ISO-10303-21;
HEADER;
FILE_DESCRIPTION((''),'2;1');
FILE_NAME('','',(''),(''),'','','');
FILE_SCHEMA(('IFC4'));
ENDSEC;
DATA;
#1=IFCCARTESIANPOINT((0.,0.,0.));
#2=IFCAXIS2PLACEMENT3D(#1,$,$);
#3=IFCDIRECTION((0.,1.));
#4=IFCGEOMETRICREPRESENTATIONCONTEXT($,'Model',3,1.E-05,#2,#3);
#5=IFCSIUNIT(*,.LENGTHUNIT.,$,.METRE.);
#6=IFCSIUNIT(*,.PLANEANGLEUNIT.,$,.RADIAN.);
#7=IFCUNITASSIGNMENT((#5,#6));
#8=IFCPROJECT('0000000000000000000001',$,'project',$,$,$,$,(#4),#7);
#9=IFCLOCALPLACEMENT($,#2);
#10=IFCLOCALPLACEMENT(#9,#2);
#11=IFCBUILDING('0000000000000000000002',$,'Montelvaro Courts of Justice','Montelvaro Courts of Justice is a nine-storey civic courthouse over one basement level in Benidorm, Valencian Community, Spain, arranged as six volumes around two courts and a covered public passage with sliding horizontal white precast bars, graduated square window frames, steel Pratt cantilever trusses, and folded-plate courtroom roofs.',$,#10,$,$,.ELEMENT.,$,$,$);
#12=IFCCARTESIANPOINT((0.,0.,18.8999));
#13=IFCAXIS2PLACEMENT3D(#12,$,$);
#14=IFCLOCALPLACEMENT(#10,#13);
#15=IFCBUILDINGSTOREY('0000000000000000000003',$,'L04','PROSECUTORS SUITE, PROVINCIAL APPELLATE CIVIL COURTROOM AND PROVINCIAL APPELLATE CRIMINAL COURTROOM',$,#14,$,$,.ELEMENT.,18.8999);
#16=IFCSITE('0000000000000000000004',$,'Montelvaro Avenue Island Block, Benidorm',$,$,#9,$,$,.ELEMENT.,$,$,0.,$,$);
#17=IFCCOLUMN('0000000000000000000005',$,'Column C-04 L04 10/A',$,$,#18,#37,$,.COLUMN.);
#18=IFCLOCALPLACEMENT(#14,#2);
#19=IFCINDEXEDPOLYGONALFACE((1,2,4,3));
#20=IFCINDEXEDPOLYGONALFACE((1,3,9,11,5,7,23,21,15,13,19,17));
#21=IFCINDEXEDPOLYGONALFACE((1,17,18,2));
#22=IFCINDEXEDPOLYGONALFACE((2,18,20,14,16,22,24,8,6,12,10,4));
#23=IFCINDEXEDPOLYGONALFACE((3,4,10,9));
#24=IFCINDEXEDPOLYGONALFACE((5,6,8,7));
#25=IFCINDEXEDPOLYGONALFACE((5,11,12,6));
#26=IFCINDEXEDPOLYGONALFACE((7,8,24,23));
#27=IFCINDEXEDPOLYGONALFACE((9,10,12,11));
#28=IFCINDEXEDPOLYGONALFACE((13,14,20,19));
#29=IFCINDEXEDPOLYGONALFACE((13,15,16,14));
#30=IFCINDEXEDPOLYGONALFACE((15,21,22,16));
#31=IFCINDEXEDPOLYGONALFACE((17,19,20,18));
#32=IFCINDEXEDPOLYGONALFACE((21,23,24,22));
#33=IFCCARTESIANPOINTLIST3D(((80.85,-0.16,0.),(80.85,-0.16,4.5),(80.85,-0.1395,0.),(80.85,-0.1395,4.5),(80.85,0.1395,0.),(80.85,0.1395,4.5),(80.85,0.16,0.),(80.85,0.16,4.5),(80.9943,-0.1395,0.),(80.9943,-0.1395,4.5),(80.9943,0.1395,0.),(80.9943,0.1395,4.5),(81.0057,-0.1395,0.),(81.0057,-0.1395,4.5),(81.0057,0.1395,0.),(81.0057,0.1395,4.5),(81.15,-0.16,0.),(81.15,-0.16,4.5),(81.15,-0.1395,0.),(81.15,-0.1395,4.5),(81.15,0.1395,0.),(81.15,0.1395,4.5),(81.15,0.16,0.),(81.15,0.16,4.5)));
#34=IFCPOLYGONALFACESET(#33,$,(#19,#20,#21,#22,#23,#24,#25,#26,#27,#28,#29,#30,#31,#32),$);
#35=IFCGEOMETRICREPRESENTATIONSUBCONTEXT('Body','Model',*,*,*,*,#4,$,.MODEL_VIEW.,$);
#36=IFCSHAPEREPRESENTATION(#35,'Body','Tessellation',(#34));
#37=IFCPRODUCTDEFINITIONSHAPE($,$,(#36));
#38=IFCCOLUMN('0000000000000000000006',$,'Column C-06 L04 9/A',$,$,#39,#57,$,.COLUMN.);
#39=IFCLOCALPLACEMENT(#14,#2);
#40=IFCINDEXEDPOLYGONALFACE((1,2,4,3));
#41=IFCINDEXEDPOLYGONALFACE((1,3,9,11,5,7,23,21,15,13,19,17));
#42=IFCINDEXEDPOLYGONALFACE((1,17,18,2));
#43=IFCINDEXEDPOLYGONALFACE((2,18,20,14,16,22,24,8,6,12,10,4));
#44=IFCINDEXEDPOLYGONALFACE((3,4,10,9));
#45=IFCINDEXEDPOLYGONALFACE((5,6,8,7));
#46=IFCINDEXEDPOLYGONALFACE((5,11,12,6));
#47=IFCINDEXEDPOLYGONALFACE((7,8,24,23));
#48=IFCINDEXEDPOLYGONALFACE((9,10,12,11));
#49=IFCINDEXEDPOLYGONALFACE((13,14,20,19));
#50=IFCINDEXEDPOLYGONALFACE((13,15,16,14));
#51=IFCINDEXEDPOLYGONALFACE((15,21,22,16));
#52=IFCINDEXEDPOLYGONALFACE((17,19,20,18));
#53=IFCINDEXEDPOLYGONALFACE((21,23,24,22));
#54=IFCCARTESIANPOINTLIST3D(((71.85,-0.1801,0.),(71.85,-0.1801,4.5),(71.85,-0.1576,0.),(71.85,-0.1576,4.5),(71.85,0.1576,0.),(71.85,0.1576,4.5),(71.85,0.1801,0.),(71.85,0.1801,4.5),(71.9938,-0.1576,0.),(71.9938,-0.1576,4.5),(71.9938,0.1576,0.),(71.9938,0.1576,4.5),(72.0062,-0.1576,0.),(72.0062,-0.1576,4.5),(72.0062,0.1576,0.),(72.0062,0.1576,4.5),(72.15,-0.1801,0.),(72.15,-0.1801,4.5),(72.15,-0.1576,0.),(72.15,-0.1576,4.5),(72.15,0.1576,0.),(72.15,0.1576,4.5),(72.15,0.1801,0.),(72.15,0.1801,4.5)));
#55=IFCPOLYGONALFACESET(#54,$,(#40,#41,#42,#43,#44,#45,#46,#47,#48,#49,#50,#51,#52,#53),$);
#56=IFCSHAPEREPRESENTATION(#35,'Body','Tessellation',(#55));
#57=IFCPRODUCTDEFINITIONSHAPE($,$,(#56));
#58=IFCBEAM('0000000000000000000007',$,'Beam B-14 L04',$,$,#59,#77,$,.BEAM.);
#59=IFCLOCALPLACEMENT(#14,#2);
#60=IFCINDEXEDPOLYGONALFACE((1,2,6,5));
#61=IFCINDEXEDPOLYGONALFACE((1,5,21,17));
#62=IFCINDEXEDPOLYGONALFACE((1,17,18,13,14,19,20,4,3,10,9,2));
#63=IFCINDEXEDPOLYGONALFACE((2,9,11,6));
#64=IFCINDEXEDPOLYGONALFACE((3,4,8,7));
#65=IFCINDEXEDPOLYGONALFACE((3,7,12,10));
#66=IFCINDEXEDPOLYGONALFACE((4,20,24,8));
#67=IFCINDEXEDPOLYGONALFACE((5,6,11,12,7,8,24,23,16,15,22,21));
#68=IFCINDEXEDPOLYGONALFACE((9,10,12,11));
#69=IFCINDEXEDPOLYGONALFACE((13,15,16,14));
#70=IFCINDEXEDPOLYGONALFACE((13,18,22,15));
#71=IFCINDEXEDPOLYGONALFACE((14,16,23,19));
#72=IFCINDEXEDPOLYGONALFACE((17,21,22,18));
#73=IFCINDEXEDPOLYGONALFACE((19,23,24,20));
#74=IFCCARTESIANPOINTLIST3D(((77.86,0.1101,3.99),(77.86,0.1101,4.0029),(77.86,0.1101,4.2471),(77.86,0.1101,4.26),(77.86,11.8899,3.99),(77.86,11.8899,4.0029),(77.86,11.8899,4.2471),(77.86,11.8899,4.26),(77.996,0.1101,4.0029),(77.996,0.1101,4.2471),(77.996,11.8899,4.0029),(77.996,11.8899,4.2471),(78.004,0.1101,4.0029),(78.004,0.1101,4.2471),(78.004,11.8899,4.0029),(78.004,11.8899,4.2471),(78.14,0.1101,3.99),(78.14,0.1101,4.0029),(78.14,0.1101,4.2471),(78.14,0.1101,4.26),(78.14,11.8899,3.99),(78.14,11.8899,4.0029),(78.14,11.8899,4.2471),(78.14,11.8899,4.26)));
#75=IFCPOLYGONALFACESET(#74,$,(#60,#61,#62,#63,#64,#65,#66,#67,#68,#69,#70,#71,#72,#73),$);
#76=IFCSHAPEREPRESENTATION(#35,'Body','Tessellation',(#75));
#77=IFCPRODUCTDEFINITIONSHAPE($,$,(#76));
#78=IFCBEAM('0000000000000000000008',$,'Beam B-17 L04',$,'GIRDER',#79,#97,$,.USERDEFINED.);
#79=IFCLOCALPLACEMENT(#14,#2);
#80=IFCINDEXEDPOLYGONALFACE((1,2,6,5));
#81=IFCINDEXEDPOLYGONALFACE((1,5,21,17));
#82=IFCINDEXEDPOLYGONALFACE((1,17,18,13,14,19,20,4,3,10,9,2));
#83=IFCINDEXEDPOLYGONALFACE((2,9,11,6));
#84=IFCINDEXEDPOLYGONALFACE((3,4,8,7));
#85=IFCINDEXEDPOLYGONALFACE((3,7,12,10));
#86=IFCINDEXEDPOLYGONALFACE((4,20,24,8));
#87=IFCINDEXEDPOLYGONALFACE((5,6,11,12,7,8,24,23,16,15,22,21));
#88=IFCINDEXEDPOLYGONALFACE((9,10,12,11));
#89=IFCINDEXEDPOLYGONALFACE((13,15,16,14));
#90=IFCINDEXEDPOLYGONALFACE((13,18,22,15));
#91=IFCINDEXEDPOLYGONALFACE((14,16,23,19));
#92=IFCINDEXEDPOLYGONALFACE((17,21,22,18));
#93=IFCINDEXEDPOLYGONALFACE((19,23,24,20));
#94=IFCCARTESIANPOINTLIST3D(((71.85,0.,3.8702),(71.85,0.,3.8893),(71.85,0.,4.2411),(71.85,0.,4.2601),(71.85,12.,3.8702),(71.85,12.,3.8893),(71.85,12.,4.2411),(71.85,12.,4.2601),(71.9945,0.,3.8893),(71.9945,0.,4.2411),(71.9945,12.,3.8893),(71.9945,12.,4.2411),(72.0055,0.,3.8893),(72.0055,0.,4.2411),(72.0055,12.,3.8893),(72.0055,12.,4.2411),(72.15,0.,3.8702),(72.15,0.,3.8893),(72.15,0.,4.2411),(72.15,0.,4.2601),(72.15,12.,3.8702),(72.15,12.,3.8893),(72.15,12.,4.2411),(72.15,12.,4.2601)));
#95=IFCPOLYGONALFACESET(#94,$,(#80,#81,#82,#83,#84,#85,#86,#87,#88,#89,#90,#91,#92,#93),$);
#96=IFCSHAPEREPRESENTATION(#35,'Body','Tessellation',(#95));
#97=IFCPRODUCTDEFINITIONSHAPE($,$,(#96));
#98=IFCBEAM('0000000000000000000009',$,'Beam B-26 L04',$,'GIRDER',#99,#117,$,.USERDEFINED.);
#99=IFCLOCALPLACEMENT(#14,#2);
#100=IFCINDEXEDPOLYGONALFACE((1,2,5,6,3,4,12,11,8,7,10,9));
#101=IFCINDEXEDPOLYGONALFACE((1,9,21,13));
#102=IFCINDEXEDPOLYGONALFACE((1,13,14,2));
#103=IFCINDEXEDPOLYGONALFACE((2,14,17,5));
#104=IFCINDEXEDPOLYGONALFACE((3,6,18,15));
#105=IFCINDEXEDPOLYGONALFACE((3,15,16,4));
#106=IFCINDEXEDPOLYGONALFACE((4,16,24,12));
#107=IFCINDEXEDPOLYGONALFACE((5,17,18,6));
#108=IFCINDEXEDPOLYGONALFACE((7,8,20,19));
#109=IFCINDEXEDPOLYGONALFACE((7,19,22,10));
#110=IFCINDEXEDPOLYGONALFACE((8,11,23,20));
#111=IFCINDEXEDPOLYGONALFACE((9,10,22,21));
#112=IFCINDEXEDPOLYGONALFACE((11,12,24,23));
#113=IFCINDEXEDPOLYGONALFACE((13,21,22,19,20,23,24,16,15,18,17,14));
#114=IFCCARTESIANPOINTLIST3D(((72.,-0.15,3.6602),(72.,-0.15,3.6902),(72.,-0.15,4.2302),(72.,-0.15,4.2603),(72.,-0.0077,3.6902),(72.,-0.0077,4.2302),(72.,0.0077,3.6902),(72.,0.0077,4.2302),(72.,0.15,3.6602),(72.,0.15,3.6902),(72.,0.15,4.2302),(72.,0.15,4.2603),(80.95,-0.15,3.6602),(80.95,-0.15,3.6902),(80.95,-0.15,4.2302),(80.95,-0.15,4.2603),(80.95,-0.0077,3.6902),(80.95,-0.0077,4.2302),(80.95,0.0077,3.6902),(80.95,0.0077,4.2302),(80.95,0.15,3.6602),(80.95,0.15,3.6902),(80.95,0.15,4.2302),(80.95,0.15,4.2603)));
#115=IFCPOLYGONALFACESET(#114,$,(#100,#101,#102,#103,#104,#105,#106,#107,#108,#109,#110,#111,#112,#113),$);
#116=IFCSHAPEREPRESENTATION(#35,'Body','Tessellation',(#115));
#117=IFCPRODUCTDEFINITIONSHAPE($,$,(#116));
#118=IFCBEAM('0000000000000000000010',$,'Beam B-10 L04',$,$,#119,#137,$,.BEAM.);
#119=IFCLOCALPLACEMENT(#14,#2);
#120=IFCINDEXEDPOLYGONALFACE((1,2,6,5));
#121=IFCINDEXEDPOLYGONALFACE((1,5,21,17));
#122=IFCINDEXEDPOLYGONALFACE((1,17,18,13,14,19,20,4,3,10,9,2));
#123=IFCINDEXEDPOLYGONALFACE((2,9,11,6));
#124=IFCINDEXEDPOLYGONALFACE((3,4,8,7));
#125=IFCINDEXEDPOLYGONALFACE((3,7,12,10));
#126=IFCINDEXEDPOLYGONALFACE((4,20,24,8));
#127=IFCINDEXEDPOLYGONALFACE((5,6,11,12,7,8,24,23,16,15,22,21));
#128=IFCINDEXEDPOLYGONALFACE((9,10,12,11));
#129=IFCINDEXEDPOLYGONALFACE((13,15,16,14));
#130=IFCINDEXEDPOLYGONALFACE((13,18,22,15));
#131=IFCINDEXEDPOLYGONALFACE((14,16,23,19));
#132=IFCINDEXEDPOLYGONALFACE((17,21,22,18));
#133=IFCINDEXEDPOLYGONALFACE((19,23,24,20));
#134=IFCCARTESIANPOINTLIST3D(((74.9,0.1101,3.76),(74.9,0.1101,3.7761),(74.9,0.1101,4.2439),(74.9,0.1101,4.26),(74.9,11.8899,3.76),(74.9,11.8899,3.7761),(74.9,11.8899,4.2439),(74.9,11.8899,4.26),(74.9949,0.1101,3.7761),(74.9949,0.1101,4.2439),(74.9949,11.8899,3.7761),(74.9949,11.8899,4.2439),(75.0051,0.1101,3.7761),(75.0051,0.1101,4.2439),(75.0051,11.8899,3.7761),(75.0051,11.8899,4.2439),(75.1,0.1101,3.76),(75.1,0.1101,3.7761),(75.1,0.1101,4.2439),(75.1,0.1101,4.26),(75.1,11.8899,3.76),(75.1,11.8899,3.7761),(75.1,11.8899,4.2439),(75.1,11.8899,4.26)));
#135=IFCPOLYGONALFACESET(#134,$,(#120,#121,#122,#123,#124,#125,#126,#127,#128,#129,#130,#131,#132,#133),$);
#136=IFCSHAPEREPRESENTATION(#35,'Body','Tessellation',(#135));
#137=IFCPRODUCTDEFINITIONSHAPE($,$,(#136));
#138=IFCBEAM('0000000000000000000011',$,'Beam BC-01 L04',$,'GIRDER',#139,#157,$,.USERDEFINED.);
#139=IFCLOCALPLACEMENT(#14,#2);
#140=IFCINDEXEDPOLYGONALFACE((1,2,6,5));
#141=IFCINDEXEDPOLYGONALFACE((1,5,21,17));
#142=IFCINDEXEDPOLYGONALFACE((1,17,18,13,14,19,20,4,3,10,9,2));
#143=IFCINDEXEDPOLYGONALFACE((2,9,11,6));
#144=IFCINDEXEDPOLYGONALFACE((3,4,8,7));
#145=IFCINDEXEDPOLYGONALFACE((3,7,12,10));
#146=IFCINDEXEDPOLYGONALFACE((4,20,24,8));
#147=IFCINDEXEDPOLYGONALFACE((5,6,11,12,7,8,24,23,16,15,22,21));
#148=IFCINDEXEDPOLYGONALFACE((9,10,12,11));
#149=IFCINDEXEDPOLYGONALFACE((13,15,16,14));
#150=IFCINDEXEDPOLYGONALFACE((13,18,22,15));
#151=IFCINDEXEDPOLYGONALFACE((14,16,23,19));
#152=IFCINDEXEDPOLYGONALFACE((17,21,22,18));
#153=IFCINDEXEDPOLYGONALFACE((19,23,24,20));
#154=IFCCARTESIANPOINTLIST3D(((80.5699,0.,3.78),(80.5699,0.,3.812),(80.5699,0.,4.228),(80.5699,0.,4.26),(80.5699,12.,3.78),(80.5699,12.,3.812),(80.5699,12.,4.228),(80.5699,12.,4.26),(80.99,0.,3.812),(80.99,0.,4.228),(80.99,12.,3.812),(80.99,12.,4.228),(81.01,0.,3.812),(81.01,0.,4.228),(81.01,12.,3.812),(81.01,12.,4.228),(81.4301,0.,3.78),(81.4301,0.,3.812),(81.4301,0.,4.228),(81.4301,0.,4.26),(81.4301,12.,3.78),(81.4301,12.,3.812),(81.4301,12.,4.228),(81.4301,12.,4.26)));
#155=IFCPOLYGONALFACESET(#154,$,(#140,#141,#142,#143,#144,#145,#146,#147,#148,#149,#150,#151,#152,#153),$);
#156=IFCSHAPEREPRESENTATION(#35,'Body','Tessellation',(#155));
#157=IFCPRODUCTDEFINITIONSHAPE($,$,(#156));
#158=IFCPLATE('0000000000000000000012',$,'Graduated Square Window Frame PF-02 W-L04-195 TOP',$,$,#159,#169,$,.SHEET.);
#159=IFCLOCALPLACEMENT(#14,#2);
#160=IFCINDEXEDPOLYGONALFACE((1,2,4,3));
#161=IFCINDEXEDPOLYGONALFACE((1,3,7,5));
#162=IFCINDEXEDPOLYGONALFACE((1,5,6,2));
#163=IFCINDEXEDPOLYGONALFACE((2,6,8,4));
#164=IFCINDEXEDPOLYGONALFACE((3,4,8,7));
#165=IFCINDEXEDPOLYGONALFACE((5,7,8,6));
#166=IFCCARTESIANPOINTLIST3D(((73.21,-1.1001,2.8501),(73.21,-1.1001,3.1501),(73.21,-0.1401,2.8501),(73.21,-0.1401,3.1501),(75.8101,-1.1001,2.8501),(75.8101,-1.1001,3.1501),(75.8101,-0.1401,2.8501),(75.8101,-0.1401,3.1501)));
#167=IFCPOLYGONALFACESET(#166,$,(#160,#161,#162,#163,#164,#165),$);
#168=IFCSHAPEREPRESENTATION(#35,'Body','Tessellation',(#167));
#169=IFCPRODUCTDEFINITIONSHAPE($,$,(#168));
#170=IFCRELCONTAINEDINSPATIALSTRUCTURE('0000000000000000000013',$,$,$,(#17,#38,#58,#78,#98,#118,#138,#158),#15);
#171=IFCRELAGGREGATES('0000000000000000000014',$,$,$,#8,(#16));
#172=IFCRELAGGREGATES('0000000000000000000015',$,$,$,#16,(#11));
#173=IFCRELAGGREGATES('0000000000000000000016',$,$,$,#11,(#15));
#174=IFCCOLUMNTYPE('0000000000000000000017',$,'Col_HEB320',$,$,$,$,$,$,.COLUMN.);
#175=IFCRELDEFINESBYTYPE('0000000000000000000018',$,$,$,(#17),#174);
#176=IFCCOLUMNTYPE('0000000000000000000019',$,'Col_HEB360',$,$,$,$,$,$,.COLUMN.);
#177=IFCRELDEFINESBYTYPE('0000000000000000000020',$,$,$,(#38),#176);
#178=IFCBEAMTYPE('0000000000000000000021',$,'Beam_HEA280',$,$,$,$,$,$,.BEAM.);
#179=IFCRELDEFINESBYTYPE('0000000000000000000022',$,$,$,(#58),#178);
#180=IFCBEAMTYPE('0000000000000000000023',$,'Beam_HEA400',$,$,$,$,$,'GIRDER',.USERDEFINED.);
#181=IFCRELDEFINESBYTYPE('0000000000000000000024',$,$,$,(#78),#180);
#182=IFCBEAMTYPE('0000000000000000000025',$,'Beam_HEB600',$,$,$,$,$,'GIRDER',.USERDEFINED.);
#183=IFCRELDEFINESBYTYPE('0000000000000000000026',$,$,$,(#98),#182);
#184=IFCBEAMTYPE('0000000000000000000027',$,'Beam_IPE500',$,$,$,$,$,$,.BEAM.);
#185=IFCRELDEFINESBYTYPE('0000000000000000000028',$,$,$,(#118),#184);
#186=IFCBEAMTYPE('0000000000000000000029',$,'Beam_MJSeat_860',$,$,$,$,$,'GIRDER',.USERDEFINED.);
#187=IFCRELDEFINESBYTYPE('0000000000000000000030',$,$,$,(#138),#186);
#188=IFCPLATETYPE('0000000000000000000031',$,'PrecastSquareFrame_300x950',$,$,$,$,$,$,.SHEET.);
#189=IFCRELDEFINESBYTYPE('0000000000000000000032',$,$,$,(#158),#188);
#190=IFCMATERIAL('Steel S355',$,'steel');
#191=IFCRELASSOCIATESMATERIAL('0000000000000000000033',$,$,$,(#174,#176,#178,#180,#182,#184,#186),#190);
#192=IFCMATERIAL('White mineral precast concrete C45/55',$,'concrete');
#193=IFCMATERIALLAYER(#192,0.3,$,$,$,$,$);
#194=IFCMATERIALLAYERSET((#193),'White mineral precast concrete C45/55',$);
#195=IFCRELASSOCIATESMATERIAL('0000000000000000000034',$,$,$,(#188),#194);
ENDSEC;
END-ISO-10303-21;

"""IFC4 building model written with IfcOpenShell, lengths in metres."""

from ifc_helpers import new_model, si_unit, direction, frame, origin, origin_2d, place, context, subcontext, project, spatial, rectangle, i_section, extrude, material, layer, layer_set, material_profile, profile_set, type_object, element, save


model = new_model("IFC4")

# Units and contexts
model_context = context("Model", 3, precision=1e-05, world=origin(), true_north=direction((0.0, 1.0)))
body_context = subcontext(model_context, "Body", "Model", "MODEL_VIEW")
ifc_project = project(units=[si_unit("LENGTHUNIT", "METRE"), si_unit("PLANEANGLEUNIT", "RADIAN")], contexts=[model_context])

# Site, building, storey
site_placement = place(None, origin())
site = spatial("IfcSite", under=ifc_project, at=site_placement, Name="Montelvaro Avenue Island Block, Benidorm", CompositionType="ELEMENT", RefElevation=0.0)
building_placement = place(site_placement, origin())
building = spatial("IfcBuilding", under=site, at=building_placement, Name="Montelvaro Courts of Justice", Description="Montelvaro Courts of Justice is a nine-storey civic courthouse over one basement level in Benidorm, Valencian Community, Spain, arranged as six volumes around two courts and a covered public passage with sliding horizontal white precast bars, graduated square window frames, steel Pratt cantilever trusses, and folded-plate courtroom roofs.", CompositionType="ELEMENT")
storey_placement = place(building_placement, frame((0.0, 0.0, 18.8999)))
storey = spatial("IfcBuildingStorey", under=building, at=storey_placement, Name="L04", Description="PROSECUTORS SUITE, PROVINCIAL APPELLATE CIVIL COURTROOM AND PROVINCIAL APPELLATE CRIMINAL COURTROOM", CompositionType="ELEMENT", Elevation=18.8999)

# Columns
ifc_material_1 = material(Name="Steel S355", Category="steel")
ifc_material_profile_1 = material_profile(ifc_material_1, i_section(OverallWidth=0.3, OverallDepth=0.3201, WebThickness=0.0115, FlangeThickness=0.0205, at=origin_2d()), Name="HEB 320")
ifc_profile_set_1 = profile_set([ifc_material_profile_1], Name="Steel S355")
column_type_1 = type_object("IfcColumnType", Name="Col_HEB320", PredefinedType="COLUMN", material=ifc_profile_set_1)
column_1_placement = place(storey_placement, frame((81.0, 0.0, 0.0), z_axis=(0.0, 0.0, 1.0), x_axis=(1.0, 0.0, 0.0)))
element("IfcColumn", 1, at=column_1_placement, inside=storey, type_object=column_type_1, Name="Column C-04 L04 10/A", PredefinedType="COLUMN", context=body_context, shape_type="SweptSolid", body=[
    extrude(i_section(OverallWidth=0.3, OverallDepth=0.3201, WebThickness=0.0115, FlangeThickness=0.0205, at=origin_2d()), origin(), (0.0, 0.0, 1.0), 4.5),
])
ifc_material_profile_2 = material_profile(ifc_material_1, i_section(OverallWidth=0.3, OverallDepth=0.3601, WebThickness=0.0125, FlangeThickness=0.0225, at=origin_2d()), Name="HEB 360")
ifc_profile_set_2 = profile_set([ifc_material_profile_2], Name="Steel S355")
column_type_2 = type_object("IfcColumnType", Name="Col_HEB360", PredefinedType="COLUMN", material=ifc_profile_set_2)
column_2_placement = place(storey_placement, frame((72.0, 0.0, 0.0), z_axis=(0.0, 0.0, 1.0), x_axis=(1.0, 0.0, 0.0)))
element("IfcColumn", 2, at=column_2_placement, inside=storey, type_object=column_type_2, Name="Column C-06 L04 9/A", PredefinedType="COLUMN", context=body_context, shape_type="SweptSolid", body=[
    extrude(i_section(OverallWidth=0.3, OverallDepth=0.3601, WebThickness=0.0125, FlangeThickness=0.0225, at=origin_2d()), origin(), (0.0, 0.0, 1.0), 4.5),
])

# Beams
ifc_material_profile_3 = material_profile(ifc_material_1, i_section(OverallWidth=0.28, OverallDepth=0.27, WebThickness=0.0081, FlangeThickness=0.0129, at=origin_2d()), Name="HEA 280")
ifc_profile_set_3 = profile_set([ifc_material_profile_3], Name="Steel S355")
beam_type_1 = type_object("IfcBeamType", Name="Beam_HEA280", PredefinedType="BEAM", material=ifc_profile_set_3)
beam_1_placement = place(storey_placement, frame((78.0, 0.1101, 4.125), z_axis=(0.0, 1.0, 0.0), x_axis=(-1.0, 0.0, 0.0)))
element("IfcBeam", 3, at=beam_1_placement, inside=storey, type_object=beam_type_1, Name="Beam B-14 L04", PredefinedType="BEAM", context=body_context, shape_type="SweptSolid", body=[
    extrude(i_section(OverallWidth=0.28, OverallDepth=0.27, WebThickness=0.0081, FlangeThickness=0.0129, at=origin_2d()), origin(), (0.0, 0.0, 1.0), 11.7798),
])
ifc_material_profile_4 = material_profile(ifc_material_1, i_section(OverallWidth=0.3, OverallDepth=0.3899, WebThickness=0.011, FlangeThickness=0.019, at=origin_2d()), Name="HEA 400")
ifc_profile_set_4 = profile_set([ifc_material_profile_4], Name="Steel S355")
beam_type_2 = type_object("IfcBeamType", Name="Beam_HEA400", ElementType="GIRDER", PredefinedType="USERDEFINED", material=ifc_profile_set_4)
beam_2_placement = place(storey_placement, frame((72.0, 0.0, 4.0652), z_axis=(0.0, 1.0, 0.0), x_axis=(-1.0, 0.0, 0.0)))
element("IfcBeam", 4, at=beam_2_placement, inside=storey, type_object=beam_type_2, Name="Beam B-17 L04", ObjectType="GIRDER", PredefinedType="USERDEFINED", context=body_context, shape_type="SweptSolid", body=[
    extrude(i_section(OverallWidth=0.3, OverallDepth=0.3899, WebThickness=0.011, FlangeThickness=0.019, at=origin_2d()), origin(), (0.0, 0.0, 1.0), 12.0),
])
ifc_material_profile_5 = material_profile(ifc_material_1, i_section(OverallWidth=0.3, OverallDepth=0.6001, WebThickness=0.0154, FlangeThickness=0.03, at=origin_2d()), Name="HEB 600")
ifc_profile_set_5 = profile_set([ifc_material_profile_5], Name="Steel S355")
beam_type_3 = type_object("IfcBeamType", Name="Beam_HEB600", ElementType="GIRDER", PredefinedType="USERDEFINED", material=ifc_profile_set_5)
beam_3_placement = place(storey_placement, frame((72.0, 0.0, 3.9602), z_axis=(1.0, 0.0, 0.0), x_axis=(0.0, 1.0, 0.0)))
element("IfcBeam", 5, at=beam_3_placement, inside=storey, type_object=beam_type_3, Name="Beam B-26 L04", ObjectType="GIRDER", PredefinedType="USERDEFINED", context=body_context, shape_type="SweptSolid", body=[
    extrude(i_section(OverallWidth=0.3, OverallDepth=0.6001, WebThickness=0.0154, FlangeThickness=0.03, at=origin_2d()), origin(), (0.0, 0.0, 1.0), 8.95),
])
ifc_material_profile_6 = material_profile(ifc_material_1, i_section(OverallWidth=0.2, OverallDepth=0.5, WebThickness=0.0103, FlangeThickness=0.0161, at=origin_2d()), Name="IPE 500")
ifc_profile_set_6 = profile_set([ifc_material_profile_6], Name="Steel S355")
beam_type_4 = type_object("IfcBeamType", Name="Beam_IPE500", PredefinedType="BEAM", material=ifc_profile_set_6)
beam_4_placement = place(storey_placement, frame((75.0, 0.1101, 4.01), z_axis=(0.0, 1.0, 0.0), x_axis=(-1.0, 0.0, 0.0)))
element("IfcBeam", 6, at=beam_4_placement, inside=storey, type_object=beam_type_4, Name="Beam B-10 L04", PredefinedType="BEAM", context=body_context, shape_type="SweptSolid", body=[
    extrude(i_section(OverallWidth=0.2, OverallDepth=0.5, WebThickness=0.0103, FlangeThickness=0.0161, at=origin_2d()), origin(), (0.0, 0.0, 1.0), 11.7798),
])
ifc_material_profile_7 = material_profile(ifc_material_1, i_section(OverallWidth=0.8601, OverallDepth=0.48, WebThickness=0.02, FlangeThickness=0.032, at=origin_2d()), Name="HL 480x860")
ifc_profile_set_7 = profile_set([ifc_material_profile_7], Name="Steel S355")
beam_type_5 = type_object("IfcBeamType", Name="Beam_MJSeat_860", ElementType="GIRDER", PredefinedType="USERDEFINED", material=ifc_profile_set_7)
beam_5_placement = place(storey_placement, frame((81.0, 0.0, 4.02), z_axis=(0.0, 1.0, 0.0), x_axis=(-1.0, 0.0, 0.0)))
element("IfcBeam", 7, at=beam_5_placement, inside=storey, type_object=beam_type_5, Name="Beam BC-01 L04", ObjectType="GIRDER", PredefinedType="USERDEFINED", context=body_context, shape_type="SweptSolid", body=[
    extrude(i_section(OverallWidth=0.8601, OverallDepth=0.48, WebThickness=0.02, FlangeThickness=0.032, at=origin_2d()), origin(), (0.0, 0.0, 1.0), 12.0),
])

# Plate
ifc_material_2 = material(Name="White mineral precast concrete C45/55", Category="concrete")
ifc_layer_1 = layer(ifc_material_2, 0.3)
ifc_layer_set_1 = layer_set([ifc_layer_1], Name="White mineral precast concrete C45/55")
plate_type = type_object("IfcPlateType", Name="PrecastSquareFrame_300x950", PredefinedType="SHEET", material=ifc_layer_set_1)
for number, where, z_axis, x_axis, name in (
    (8, (74.51, -0.6201, 2.8501), (0.0, 0.0, 1.0), (1.0, 0.0, 0.0), "Graduated Square Window Frame PF-02 W-L04-195 TOP"),
):
    element("IfcPlate", number, at=place(storey_placement, frame(where, z_axis=z_axis, x_axis=x_axis)), inside=storey, type_object=plate_type, Name=name, PredefinedType="SHEET", context=body_context, shape_type="SweptSolid", body=[
        extrude(rectangle(XDim=2.6001, YDim=0.96, at=origin_2d()), origin(), (0.0, 0.0, 1.0), 0.3),
    ])

save(model, "model.ifc")
